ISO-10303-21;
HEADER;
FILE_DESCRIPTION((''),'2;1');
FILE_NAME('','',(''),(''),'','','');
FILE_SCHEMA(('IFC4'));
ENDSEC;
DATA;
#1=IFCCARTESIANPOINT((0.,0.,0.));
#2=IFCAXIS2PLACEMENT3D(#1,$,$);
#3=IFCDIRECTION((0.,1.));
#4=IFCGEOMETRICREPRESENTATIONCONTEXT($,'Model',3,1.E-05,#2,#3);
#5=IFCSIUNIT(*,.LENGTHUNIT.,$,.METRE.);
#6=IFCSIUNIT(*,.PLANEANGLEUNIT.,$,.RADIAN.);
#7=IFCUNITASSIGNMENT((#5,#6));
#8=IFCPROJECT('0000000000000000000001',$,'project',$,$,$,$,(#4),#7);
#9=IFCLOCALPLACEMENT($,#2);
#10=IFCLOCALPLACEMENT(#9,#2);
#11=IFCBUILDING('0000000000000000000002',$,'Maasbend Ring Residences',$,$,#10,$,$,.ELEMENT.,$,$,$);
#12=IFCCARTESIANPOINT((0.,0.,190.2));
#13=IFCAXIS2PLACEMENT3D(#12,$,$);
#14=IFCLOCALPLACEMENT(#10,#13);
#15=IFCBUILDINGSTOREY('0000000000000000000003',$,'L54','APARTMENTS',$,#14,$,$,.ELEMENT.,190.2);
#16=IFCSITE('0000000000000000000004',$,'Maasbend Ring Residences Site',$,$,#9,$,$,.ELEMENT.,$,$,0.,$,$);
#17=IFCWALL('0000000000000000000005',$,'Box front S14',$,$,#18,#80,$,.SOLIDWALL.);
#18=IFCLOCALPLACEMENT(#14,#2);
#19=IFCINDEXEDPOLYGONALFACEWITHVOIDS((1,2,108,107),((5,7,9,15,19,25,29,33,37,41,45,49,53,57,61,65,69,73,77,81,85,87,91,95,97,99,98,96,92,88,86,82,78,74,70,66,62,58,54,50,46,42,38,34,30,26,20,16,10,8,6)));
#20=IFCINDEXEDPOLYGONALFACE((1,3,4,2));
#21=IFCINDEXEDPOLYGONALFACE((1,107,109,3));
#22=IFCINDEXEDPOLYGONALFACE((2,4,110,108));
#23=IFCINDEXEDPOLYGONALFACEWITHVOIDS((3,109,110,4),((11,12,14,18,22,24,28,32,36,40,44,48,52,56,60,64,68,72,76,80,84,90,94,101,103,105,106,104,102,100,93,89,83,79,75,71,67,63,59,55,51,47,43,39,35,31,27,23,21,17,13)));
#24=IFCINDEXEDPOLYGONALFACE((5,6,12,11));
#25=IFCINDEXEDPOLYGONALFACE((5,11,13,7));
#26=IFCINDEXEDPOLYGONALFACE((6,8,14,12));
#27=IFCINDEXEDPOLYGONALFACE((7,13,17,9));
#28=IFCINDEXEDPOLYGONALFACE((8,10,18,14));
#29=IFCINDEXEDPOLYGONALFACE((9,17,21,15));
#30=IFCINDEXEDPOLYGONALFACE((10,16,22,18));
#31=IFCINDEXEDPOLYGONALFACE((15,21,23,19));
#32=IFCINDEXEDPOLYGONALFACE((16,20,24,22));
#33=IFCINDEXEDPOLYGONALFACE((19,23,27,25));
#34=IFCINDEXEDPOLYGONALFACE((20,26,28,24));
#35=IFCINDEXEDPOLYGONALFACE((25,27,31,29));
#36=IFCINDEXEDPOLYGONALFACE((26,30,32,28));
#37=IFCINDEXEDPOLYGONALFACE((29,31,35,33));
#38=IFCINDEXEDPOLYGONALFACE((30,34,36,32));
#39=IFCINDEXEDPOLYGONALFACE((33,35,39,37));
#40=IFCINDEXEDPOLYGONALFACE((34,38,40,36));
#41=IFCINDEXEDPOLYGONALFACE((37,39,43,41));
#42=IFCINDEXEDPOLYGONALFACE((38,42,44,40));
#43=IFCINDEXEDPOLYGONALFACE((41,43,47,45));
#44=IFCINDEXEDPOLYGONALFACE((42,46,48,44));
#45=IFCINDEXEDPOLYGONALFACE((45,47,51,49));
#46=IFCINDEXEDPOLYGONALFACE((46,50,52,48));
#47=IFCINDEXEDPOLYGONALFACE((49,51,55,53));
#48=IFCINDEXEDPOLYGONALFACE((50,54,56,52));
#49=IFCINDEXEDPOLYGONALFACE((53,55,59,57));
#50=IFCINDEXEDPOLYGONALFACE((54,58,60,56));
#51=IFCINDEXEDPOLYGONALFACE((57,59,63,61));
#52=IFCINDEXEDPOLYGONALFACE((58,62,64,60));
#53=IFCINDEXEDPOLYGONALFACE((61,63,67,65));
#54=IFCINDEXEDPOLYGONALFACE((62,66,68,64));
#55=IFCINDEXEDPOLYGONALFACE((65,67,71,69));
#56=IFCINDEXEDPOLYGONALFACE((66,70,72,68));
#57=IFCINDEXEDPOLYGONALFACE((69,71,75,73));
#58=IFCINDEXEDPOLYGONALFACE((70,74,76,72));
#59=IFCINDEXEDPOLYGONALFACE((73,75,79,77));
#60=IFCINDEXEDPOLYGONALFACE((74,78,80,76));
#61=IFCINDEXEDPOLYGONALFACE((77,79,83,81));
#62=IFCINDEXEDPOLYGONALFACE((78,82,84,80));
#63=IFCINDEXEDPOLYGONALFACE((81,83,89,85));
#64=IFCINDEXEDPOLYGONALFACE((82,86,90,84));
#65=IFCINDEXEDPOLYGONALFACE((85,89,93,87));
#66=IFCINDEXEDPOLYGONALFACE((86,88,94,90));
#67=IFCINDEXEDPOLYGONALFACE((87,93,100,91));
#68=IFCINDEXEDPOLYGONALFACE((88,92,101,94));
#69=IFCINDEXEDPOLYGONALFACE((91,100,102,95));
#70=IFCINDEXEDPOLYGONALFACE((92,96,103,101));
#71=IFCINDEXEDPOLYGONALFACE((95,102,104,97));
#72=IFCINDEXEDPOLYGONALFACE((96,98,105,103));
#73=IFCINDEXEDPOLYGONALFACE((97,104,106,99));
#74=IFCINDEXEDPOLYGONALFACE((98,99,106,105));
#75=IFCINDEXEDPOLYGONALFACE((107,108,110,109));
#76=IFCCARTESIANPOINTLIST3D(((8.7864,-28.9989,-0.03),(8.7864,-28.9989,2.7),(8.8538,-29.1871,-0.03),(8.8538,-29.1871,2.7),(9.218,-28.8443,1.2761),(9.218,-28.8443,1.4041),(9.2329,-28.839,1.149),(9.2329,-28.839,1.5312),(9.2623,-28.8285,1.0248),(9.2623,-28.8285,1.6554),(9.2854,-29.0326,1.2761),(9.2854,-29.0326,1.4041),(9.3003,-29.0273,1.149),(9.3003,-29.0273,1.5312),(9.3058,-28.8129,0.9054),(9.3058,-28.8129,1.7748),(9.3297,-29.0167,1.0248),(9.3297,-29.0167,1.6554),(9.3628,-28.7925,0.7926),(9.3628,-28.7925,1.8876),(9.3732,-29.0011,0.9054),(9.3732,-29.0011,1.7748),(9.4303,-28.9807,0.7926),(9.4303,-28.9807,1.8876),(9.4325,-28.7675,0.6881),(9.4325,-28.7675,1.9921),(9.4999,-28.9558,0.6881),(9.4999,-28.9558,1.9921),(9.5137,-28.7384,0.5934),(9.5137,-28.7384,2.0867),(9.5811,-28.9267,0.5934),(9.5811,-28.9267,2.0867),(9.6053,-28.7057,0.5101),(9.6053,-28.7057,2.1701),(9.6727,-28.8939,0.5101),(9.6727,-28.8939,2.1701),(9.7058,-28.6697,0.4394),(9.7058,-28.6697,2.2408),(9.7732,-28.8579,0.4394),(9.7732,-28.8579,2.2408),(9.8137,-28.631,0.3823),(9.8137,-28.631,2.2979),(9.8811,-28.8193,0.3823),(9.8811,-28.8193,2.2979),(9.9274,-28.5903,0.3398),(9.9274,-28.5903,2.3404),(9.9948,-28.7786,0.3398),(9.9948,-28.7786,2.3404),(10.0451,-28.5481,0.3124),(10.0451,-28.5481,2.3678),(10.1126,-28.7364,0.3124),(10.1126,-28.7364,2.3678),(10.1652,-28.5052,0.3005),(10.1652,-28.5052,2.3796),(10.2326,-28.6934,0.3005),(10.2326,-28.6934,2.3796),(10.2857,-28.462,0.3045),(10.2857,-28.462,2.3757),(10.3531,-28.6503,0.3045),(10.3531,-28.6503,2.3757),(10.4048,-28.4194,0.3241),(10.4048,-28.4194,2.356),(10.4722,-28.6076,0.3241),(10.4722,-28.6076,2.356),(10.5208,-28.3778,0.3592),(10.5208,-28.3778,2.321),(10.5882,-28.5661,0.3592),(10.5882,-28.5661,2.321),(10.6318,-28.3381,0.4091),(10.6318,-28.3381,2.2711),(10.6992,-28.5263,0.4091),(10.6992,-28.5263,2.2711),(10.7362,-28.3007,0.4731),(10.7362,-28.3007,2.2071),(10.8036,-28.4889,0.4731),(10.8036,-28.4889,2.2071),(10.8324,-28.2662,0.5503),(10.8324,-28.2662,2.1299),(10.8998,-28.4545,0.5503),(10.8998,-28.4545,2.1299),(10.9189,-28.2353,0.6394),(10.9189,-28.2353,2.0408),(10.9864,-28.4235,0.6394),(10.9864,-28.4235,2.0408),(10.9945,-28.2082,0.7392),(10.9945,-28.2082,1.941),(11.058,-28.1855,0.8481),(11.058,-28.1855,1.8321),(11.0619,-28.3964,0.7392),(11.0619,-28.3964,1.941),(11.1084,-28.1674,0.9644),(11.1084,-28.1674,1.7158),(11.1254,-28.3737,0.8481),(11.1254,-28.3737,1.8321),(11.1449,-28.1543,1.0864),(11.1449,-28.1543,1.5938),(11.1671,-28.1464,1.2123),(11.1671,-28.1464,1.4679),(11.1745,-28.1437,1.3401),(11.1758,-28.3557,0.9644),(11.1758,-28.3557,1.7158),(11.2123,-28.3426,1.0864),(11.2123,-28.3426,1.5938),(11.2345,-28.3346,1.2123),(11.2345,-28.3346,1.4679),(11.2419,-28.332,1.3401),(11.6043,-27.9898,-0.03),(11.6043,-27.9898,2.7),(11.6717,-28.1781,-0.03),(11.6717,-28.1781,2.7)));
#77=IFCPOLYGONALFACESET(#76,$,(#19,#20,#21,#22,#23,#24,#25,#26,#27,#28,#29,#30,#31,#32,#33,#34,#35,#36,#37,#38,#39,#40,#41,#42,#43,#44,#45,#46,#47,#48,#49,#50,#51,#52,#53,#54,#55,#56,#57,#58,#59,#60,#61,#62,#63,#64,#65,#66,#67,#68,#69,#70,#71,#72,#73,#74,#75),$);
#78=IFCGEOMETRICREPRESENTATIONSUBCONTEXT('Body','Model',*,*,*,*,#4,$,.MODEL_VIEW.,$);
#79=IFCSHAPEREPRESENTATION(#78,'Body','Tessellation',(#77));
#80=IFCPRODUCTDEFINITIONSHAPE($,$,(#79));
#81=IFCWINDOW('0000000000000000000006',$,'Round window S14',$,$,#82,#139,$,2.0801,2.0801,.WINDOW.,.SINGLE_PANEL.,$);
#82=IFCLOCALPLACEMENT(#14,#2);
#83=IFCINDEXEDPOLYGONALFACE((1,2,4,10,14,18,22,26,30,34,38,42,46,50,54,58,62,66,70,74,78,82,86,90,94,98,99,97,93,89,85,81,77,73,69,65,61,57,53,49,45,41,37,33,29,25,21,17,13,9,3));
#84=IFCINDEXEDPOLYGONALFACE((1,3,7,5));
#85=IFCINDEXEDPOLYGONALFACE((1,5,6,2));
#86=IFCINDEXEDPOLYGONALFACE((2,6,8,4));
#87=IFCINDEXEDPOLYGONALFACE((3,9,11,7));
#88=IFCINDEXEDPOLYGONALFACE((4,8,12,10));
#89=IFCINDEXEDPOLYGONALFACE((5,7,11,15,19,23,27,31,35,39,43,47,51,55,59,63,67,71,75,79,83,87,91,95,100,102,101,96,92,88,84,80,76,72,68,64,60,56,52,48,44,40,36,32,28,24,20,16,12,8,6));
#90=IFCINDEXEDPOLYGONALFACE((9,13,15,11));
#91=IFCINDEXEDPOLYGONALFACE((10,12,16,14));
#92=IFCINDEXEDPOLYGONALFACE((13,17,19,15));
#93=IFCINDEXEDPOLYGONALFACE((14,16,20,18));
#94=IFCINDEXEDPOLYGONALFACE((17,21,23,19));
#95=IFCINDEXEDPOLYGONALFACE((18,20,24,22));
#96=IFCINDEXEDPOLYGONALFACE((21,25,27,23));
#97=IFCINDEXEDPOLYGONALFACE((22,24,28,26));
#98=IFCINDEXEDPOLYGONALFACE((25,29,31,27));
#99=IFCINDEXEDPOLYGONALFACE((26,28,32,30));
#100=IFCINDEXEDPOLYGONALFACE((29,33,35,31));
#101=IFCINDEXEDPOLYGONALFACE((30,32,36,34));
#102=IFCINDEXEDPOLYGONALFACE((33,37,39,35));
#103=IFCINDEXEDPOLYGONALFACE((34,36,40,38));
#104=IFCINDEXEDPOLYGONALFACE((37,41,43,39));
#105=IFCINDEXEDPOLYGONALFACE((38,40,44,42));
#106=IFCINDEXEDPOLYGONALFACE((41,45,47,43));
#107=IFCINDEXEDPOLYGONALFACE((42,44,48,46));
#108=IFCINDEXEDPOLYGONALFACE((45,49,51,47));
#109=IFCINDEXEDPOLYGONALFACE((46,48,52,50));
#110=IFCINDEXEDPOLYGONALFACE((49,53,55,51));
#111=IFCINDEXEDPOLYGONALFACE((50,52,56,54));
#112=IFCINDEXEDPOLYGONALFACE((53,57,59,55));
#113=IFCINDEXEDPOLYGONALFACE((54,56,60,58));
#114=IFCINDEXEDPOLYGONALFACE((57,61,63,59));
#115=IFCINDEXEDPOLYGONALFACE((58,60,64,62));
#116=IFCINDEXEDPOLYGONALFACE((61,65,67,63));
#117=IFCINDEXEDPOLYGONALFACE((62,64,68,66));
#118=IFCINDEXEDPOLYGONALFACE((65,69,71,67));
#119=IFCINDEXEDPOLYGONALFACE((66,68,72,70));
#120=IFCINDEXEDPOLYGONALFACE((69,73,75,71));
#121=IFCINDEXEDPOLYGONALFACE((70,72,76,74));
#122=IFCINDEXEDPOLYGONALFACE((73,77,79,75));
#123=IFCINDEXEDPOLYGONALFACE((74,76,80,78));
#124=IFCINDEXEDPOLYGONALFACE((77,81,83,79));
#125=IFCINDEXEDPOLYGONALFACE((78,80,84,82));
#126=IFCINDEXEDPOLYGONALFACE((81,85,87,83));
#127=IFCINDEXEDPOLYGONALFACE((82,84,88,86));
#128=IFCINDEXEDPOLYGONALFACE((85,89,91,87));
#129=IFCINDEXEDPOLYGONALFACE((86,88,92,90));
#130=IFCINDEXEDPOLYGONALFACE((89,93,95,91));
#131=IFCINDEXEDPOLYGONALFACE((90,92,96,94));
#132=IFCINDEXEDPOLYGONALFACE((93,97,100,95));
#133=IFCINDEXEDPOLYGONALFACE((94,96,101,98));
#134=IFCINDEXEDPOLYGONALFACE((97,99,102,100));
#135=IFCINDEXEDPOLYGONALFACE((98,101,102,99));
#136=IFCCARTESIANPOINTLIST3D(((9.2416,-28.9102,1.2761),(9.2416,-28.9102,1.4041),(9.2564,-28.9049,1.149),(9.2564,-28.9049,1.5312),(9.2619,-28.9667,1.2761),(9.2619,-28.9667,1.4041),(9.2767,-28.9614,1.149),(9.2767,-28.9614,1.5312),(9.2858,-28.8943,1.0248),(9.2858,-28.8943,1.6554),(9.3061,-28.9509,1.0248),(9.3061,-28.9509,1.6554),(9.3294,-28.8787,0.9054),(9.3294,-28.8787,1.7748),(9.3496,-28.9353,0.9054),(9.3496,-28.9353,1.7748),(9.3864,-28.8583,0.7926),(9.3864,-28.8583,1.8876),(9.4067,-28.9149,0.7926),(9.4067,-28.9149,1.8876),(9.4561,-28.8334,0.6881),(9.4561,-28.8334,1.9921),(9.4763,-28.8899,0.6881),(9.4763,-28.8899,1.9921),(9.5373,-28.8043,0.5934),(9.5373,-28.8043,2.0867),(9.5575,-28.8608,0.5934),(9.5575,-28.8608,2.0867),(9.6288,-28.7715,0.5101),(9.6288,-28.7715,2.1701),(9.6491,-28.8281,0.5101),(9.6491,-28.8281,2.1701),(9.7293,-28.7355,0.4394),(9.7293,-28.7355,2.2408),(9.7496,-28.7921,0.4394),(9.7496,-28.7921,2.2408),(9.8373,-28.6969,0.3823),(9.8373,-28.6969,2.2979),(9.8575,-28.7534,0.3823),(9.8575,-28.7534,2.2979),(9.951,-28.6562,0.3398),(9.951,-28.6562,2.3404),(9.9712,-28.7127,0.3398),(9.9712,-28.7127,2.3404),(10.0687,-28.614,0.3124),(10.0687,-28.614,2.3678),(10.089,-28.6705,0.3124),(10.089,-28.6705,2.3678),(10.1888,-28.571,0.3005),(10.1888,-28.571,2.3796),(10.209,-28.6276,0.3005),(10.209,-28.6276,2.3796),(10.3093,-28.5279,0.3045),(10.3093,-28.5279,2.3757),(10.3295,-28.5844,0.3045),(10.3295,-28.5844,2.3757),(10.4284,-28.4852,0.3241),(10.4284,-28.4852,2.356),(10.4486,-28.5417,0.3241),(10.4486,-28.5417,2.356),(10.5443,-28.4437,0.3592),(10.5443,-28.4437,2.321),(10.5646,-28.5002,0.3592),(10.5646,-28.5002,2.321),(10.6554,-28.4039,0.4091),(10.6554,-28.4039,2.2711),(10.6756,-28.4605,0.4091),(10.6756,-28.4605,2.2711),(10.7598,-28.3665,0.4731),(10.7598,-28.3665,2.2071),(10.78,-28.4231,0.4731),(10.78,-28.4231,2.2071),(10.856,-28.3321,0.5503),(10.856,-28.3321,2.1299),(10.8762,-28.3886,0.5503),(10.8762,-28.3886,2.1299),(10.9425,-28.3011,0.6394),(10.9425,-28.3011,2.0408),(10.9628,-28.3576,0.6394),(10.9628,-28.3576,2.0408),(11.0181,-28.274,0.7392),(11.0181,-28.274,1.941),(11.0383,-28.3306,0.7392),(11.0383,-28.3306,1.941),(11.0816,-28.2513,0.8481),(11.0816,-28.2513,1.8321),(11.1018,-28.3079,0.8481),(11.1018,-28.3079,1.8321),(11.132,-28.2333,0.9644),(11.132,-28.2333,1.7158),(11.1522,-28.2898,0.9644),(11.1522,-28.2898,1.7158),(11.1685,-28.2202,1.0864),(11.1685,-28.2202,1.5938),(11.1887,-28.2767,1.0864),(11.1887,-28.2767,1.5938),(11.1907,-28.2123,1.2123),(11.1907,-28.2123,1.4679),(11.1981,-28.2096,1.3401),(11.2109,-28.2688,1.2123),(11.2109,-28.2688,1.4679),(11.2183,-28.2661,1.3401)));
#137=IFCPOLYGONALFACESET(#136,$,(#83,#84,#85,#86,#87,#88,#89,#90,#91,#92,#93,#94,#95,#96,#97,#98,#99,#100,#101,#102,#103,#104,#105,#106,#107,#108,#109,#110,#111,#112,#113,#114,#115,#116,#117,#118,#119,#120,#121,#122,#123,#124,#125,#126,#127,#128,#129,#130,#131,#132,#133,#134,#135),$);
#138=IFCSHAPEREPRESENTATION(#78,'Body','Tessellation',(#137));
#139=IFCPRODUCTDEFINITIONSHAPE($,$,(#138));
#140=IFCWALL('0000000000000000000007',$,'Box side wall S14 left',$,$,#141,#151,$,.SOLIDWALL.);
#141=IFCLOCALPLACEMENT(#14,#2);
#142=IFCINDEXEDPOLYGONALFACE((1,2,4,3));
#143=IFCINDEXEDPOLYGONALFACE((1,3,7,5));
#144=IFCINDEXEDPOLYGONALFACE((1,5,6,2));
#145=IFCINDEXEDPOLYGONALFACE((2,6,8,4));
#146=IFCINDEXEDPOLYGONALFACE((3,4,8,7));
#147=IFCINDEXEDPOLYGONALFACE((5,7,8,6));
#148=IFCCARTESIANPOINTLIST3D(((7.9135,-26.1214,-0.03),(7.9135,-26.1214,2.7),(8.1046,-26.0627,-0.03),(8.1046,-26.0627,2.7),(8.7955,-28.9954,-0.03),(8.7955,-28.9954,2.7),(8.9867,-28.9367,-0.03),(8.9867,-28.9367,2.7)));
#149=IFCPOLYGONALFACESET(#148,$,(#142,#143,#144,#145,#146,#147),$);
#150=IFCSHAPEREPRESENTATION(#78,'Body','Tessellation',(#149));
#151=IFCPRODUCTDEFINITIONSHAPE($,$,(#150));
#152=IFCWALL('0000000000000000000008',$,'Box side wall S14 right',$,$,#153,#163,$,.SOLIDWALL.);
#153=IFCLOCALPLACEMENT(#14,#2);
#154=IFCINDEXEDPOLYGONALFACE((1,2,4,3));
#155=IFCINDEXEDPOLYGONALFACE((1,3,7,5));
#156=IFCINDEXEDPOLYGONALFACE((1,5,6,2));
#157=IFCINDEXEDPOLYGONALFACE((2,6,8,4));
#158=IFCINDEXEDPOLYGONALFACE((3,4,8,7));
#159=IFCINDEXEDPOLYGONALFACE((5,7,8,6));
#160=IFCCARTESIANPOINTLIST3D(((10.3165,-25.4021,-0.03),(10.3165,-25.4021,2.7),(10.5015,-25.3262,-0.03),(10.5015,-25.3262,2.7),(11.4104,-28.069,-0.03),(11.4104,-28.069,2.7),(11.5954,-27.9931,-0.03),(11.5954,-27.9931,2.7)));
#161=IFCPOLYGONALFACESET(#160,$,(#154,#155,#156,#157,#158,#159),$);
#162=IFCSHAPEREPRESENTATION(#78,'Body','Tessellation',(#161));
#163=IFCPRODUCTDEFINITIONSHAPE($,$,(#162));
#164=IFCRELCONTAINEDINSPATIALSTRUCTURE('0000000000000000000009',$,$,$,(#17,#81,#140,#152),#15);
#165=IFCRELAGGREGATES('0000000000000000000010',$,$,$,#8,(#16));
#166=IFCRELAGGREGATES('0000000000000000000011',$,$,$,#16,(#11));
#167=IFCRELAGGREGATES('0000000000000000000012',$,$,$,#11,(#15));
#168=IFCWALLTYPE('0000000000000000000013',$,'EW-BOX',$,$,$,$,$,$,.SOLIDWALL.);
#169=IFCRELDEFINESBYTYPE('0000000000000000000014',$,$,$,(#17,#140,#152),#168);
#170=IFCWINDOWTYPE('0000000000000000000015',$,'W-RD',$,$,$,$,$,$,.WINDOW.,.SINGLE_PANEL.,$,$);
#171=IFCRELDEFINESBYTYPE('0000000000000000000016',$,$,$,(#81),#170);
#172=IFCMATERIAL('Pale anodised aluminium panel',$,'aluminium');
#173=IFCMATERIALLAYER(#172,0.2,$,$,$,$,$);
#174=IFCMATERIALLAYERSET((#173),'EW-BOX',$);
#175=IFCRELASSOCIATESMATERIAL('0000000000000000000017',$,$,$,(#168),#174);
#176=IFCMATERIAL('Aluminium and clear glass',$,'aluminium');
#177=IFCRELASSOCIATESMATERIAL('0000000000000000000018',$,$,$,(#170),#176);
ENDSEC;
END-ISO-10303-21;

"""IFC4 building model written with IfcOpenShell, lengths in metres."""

from ifc_helpers import new_model, si_unit, direction, frame, frame_2d, origin, place, context, subcontext, project, spatial, rectangle, circle, extrude, material, layer, layer_set, type_object, element, fill, save


model = new_model("IFC4")

# Units and contexts
model_context = context("Model", 3, precision=1e-05, world=origin(), true_north=direction((0.0, 1.0)))
body_context = subcontext(model_context, "Body", "Model", "MODEL_VIEW")
ifc_project = project(units=[si_unit("LENGTHUNIT", "METRE"), si_unit("PLANEANGLEUNIT", "RADIAN")], contexts=[model_context])

# Site, building, storey
site_placement = place(None, origin())
site = spatial("IfcSite", under=ifc_project, at=site_placement, Name="Maasbend Ring Residences Site", CompositionType="ELEMENT", RefElevation=0.0)
building_placement = place(site_placement, origin())
building = spatial("IfcBuilding", under=site, at=building_placement, Name="Maasbend Ring Residences", CompositionType="ELEMENT")
storey_placement = place(building_placement, frame((0.0, 0.0, 190.2)))
storey = spatial("IfcBuildingStorey", under=building, at=storey_placement, Name="L54", Description="APARTMENTS", CompositionType="ELEMENT", Elevation=190.2)

# Shared definitions
ifc_material_1 = material(Name="Pale anodised aluminium panel", Category="aluminium")
ifc_layer_1 = layer(ifc_material_1, 0.2)
ifc_layer_set_1 = layer_set([ifc_layer_1], Name="EW-BOX")
wall_type_1 = type_object("IfcWallType", Name="EW-BOX", PredefinedType="SOLIDWALL", material=ifc_layer_set_1)
ifc_material_2 = material(Name="Aluminium and clear glass", Category="aluminium")
window_type_1 = type_object("IfcWindowType", Name="W-RD", PartitioningType="SINGLE_PANEL", PredefinedType="WINDOW", material=ifc_material_2)

# Wall, opening, window
wall_1_placement = place(storey_placement, frame((8.8201, -29.093, -0.03), z_axis=(0.0, 0.0, 1.0), x_axis=(0.941461, 0.337122, 0.0)))
wall_1 = element("IfcWall", 1, at=wall_1_placement, inside=storey, type_object=wall_type_1, Name="Box front S14", PredefinedType="SOLIDWALL", context=body_context, shape_type="SweptSolid", body=[
    extrude(rectangle(XDim=2.9932, YDim=0.2, at=frame_2d((1.4966, 0.0))), origin(), (0.0, 0.0, 1.0), 2.73),
])
opening_1_placement = place(wall_1_placement, frame((0.4565, 0.0, 0.3301)))
opening_1 = element("IfcOpeningElement", 2, at=opening_1_placement, cuts=wall_1, PredefinedType="OPENING", context=body_context, shape_type="SweptSolid", body=[
    extrude(circle(Radius=1.04, at=frame_2d((1.04, 1.04))), frame((0.0, 0.1099, 0.0), z_axis=(0.0, -1.0, 0.0), x_axis=(1.0, 0.0, 0.0)), (0.0, 0.0, 1.0), 0.22),
])
window_1_placement = place(opening_1_placement, origin())
window_1 = element("IfcWindow", 3, at=window_1_placement, inside=storey, type_object=window_type_1, Name="Round window S14", OverallHeight=2.0801, OverallWidth=2.0801, PartitioningType="SINGLE_PANEL", PredefinedType="WINDOW", context=body_context, shape_type="SweptSolid", body=[
    extrude(circle(Radius=1.04, at=frame_2d((1.04, 1.04))), frame((0.0, 0.03, 0.0), z_axis=(0.0, -1.0, 0.0), x_axis=(1.0, 0.0, 0.0)), (0.0, 0.0, 1.0), 0.0601),
])
fill(opening_1, window_1)

# Walls
wall_2_placement = place(storey_placement, frame((8.009, -26.092, -0.03), z_axis=(0.0, 0.0, 1.0), x_axis=(0.293407, -0.955988, 0.0)))
element("IfcWall", 4, at=wall_2_placement, inside=storey, type_object=wall_type_1, Name="Box side wall S14 left", PredefinedType="SOLIDWALL", context=body_context, shape_type="SweptSolid", body=[
    extrude(rectangle(XDim=3.0063, YDim=0.2, at=frame_2d((1.5032, 0.0))), origin(), (0.0, 0.0, 1.0), 2.73),
])
wall_3_placement = place(storey_placement, frame((10.4089, -25.364, -0.03), z_axis=(0.0, 0.0, 1.0), x_axis=(0.37951, -0.925188, 0.0)))
element("IfcWall", 5, at=wall_3_placement, inside=storey, type_object=wall_type_1, Name="Box side wall S14 right", PredefinedType="SOLIDWALL", context=body_context, shape_type="SweptSolid", body=[
    extrude(rectangle(XDim=2.8826, YDim=0.2, at=frame_2d((1.4414, 0.0))), origin(), (0.0, 0.0, 1.0), 2.73),
])

save(model, "model.ifc")
